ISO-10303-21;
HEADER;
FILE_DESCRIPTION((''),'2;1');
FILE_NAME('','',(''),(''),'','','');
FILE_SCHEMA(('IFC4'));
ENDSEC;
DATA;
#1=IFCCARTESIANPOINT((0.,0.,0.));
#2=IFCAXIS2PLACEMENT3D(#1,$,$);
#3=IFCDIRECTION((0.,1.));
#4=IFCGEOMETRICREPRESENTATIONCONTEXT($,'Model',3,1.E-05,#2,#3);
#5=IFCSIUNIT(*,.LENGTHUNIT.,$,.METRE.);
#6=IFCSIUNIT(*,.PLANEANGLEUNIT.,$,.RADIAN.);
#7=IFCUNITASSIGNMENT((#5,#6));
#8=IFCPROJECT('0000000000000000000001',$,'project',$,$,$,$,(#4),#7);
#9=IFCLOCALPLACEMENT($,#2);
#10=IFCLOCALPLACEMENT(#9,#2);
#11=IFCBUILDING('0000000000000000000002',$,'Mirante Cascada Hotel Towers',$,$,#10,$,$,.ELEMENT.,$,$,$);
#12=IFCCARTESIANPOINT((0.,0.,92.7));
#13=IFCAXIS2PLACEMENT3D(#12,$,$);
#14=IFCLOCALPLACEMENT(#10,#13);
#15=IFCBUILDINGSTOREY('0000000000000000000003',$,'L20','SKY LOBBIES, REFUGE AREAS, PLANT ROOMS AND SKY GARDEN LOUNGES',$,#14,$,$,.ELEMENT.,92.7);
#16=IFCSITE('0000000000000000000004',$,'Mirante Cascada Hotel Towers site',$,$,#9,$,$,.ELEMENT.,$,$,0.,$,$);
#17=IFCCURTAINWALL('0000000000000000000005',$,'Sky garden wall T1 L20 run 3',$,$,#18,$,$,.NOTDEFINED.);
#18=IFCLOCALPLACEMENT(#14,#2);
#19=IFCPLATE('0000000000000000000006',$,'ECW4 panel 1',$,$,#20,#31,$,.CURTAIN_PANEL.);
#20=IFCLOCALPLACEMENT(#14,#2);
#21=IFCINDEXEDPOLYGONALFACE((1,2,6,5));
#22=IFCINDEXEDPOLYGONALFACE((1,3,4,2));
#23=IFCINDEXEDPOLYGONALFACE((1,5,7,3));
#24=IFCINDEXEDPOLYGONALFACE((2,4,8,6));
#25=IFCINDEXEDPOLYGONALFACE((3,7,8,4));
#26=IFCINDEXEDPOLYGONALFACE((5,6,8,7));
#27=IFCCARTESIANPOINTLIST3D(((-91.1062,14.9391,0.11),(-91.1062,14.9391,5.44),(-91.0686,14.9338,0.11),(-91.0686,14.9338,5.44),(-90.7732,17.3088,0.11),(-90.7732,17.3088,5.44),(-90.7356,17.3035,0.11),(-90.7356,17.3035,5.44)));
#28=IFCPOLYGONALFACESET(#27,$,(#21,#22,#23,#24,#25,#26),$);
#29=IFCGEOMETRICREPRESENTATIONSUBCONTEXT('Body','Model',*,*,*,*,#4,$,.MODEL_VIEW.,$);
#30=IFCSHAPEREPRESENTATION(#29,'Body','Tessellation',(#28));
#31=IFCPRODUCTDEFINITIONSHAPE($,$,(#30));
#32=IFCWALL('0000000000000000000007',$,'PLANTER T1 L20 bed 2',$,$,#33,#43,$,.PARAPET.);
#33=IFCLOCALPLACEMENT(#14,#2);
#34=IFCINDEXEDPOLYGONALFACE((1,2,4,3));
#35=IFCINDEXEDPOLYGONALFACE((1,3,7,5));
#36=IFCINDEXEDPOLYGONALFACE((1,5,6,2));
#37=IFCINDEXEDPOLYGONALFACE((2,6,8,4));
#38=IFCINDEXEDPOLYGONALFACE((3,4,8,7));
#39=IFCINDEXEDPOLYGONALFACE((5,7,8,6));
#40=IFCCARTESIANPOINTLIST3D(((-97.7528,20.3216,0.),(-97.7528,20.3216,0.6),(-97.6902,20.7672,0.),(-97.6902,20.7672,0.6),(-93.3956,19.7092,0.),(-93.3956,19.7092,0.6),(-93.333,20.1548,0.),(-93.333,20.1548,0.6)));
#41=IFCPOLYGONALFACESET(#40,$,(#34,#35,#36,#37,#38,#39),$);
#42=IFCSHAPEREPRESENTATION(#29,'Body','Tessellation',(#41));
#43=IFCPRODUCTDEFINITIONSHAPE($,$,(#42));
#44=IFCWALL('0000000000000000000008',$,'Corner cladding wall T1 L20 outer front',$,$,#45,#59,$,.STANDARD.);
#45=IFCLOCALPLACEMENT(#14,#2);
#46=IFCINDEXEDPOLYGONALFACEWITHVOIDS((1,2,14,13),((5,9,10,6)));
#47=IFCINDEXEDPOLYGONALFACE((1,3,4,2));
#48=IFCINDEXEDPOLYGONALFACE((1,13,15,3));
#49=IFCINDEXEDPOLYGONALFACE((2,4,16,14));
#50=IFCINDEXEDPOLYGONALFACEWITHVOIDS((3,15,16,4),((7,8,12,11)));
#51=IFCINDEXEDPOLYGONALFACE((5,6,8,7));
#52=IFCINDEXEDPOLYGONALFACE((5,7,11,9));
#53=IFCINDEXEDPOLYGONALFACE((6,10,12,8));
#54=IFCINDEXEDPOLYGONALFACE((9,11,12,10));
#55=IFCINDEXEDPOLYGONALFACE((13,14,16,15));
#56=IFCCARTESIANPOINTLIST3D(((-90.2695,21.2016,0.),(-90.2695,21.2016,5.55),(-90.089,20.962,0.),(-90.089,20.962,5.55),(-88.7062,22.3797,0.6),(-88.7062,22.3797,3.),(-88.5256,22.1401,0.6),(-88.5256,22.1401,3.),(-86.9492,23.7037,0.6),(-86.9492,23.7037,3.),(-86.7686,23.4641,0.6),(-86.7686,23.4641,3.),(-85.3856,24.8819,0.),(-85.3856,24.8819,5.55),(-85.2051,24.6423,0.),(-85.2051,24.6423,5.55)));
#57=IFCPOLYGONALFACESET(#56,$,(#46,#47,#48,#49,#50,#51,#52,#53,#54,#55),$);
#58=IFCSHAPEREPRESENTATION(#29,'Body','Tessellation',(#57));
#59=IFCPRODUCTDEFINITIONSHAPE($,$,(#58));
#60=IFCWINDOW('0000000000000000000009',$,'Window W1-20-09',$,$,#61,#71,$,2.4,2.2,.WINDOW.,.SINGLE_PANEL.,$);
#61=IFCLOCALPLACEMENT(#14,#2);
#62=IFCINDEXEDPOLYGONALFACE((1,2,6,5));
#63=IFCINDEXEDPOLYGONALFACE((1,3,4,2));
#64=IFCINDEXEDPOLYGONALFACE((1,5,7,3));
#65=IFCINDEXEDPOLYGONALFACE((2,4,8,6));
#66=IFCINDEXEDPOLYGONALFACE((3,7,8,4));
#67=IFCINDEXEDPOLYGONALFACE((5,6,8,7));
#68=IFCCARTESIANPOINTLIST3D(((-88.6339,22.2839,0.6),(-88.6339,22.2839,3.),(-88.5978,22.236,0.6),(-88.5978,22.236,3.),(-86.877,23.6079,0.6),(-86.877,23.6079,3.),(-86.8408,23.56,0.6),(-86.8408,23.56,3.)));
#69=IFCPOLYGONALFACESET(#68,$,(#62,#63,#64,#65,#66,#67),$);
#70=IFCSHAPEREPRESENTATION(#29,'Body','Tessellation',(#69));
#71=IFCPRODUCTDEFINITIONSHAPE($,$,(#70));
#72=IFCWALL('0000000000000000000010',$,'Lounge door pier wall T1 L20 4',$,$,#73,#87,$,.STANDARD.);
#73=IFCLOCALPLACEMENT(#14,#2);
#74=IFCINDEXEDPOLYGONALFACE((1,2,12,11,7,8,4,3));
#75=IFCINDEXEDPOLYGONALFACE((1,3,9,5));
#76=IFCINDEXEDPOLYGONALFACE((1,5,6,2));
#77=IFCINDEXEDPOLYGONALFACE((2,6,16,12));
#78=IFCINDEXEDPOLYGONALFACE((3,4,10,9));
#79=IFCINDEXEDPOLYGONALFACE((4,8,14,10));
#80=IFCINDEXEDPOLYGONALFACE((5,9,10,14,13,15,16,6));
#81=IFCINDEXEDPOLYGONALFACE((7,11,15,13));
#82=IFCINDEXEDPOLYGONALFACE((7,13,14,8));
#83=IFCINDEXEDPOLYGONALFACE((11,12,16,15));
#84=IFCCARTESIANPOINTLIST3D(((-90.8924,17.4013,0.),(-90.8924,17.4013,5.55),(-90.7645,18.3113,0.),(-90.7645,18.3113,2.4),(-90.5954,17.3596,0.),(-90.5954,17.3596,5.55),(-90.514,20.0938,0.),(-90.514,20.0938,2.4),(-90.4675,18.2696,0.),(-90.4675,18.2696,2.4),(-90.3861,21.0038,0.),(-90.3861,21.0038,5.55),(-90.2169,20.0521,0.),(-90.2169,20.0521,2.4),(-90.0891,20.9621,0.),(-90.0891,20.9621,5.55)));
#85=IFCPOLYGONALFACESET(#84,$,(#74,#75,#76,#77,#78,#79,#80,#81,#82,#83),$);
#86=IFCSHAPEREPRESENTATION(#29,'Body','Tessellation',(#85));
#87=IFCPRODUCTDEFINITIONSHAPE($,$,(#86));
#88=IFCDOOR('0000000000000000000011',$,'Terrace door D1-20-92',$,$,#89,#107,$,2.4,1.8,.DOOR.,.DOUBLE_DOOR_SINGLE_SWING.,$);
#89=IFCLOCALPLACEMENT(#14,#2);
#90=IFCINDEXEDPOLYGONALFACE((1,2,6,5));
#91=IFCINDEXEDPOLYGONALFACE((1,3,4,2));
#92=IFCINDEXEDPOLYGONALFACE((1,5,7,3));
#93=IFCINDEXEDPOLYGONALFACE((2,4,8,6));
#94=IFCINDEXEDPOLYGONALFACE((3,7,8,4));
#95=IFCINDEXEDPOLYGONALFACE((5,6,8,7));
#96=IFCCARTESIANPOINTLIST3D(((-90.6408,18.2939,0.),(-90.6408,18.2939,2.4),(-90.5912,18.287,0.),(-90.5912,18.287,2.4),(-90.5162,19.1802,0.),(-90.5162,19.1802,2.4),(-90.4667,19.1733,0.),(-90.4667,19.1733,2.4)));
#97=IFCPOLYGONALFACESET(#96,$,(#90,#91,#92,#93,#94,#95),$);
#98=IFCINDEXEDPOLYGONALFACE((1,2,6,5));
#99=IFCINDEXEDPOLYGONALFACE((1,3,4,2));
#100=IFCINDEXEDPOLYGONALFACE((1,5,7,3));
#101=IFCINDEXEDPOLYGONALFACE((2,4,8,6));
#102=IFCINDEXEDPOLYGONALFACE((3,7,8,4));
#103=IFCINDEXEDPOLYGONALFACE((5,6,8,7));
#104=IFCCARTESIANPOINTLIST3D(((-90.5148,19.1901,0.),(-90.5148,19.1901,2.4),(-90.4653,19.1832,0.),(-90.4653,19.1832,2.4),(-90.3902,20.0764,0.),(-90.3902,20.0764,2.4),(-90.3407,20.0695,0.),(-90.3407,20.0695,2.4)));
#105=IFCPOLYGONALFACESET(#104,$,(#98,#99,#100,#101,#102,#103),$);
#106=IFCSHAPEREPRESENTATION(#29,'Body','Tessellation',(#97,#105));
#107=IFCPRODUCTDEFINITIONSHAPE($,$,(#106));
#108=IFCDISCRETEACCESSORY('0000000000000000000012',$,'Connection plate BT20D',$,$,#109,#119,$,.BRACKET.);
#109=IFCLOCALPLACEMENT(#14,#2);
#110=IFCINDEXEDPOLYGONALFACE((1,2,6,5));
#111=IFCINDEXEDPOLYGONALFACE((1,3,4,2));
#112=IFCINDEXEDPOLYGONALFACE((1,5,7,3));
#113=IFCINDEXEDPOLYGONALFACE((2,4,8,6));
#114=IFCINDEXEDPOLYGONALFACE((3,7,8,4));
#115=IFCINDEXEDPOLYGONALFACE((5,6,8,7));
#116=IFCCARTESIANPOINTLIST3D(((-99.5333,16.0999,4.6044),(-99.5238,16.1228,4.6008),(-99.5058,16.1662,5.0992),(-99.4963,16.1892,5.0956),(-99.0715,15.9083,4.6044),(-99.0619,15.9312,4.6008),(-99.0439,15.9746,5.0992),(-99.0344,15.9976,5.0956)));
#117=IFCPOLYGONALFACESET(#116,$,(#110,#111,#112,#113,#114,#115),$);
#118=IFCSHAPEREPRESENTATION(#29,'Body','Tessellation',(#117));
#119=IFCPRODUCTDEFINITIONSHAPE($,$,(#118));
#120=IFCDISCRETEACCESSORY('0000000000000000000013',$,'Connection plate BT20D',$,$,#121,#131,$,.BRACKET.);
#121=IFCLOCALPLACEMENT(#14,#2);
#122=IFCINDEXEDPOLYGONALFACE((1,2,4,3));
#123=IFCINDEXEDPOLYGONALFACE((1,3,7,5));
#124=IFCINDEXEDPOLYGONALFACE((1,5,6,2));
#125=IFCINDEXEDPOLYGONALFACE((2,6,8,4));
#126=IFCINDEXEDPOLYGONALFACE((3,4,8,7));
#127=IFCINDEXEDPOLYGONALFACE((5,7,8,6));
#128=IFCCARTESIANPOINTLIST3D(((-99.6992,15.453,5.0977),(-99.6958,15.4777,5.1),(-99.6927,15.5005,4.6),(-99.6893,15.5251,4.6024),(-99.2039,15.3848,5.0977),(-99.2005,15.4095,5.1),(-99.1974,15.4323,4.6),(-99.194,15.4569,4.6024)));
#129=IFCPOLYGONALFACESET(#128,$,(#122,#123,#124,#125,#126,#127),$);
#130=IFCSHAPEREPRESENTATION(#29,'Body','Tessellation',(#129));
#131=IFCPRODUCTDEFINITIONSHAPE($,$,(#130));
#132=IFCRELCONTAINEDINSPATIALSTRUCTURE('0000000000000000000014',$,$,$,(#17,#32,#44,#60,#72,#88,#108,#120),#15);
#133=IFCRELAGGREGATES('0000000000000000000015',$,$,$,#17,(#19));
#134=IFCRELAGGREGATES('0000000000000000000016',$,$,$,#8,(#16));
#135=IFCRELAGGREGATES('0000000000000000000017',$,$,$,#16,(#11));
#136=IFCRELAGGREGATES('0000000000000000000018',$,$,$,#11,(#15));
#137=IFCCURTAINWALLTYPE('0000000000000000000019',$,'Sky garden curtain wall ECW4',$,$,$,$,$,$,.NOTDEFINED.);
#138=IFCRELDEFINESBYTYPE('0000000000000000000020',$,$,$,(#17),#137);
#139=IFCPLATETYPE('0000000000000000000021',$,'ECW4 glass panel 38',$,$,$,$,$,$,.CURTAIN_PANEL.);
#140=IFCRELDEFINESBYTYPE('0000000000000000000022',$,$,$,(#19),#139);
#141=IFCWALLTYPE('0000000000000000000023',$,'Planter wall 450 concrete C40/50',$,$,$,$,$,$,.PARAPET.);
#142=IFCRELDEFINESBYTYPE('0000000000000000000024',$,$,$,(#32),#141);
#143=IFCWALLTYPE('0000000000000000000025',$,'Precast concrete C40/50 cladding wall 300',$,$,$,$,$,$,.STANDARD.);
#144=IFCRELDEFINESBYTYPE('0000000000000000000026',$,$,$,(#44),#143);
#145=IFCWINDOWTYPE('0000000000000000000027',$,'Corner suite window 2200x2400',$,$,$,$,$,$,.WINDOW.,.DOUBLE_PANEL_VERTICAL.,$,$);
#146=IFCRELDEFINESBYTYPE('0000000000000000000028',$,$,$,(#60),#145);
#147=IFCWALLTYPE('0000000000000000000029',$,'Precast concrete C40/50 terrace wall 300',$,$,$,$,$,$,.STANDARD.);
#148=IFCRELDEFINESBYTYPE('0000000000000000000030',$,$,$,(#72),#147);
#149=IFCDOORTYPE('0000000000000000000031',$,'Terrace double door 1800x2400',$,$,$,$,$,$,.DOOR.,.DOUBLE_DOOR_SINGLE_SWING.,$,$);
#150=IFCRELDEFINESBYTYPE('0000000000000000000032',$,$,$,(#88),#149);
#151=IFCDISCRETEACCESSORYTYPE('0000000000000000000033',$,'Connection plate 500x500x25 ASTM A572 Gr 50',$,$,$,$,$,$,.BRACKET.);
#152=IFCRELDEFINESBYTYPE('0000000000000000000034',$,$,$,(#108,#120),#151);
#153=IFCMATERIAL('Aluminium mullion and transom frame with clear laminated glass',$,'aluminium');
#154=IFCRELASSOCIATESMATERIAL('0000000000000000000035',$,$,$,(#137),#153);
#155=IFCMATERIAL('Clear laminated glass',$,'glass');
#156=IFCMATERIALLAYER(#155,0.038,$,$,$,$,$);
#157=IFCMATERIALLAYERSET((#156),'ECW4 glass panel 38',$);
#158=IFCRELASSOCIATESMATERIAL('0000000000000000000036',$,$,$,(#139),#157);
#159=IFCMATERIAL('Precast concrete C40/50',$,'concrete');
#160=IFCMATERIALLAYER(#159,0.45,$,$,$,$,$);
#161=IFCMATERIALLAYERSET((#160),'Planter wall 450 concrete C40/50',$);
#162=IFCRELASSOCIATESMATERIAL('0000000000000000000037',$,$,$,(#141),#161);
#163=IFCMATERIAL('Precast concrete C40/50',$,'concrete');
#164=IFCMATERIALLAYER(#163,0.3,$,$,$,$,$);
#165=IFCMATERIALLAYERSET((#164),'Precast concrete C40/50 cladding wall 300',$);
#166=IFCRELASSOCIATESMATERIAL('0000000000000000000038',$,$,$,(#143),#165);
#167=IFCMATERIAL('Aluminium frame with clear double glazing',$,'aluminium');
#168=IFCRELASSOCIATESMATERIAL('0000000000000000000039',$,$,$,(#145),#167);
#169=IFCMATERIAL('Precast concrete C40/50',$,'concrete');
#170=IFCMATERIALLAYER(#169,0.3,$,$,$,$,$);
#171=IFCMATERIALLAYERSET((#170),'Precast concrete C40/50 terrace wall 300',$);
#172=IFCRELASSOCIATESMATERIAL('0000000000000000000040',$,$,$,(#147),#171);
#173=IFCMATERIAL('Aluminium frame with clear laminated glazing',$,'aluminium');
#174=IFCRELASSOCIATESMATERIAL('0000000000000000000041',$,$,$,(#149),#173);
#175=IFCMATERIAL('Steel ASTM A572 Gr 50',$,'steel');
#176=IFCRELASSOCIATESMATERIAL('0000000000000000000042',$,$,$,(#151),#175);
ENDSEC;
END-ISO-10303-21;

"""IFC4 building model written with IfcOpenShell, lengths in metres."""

from ifc_helpers import new_model, si_unit, direction, frame, frame_2d, origin, origin_2d, place, context, subcontext, project, spatial, rectangle, extrude, material, layer, layer_set, material_profile, profile_set, type_object, element, fill, aggregate, save


model = new_model("IFC4")

# Units and contexts
model_context = context("Model", 3, precision=1e-05, world=origin(), true_north=direction((0.0, 1.0)))
body_context = subcontext(model_context, "Body", "Model", "MODEL_VIEW")
ifc_project = project(units=[si_unit("LENGTHUNIT", "METRE"), si_unit("PLANEANGLEUNIT", "RADIAN")], contexts=[model_context])

# Site, building, storey
site_placement = place(None, origin())
site = spatial("IfcSite", under=ifc_project, at=site_placement, Name="Mirante Cascada Hotel Towers site", CompositionType="ELEMENT", RefElevation=0.0)
building_placement = place(site_placement, origin())
building = spatial("IfcBuilding", under=site, at=building_placement, Name="Mirante Cascada Hotel Towers", CompositionType="ELEMENT")
storey_placement = place(building_placement, frame((0.0, 0.0, 92.7)))
storey = spatial("IfcBuildingStorey", under=building, at=storey_placement, Name="L20", Description="SKY LOBBIES, REFUGE AREAS, PLANT ROOMS AND SKY GARDEN LOUNGES", CompositionType="ELEMENT", Elevation=92.7)

# Curtain wall, plate
ifc_material_1 = material(Name="Aluminium mullion and transom frame with clear laminated glass", Category="aluminium")
curtain_wall_type = type_object("IfcCurtainWallType", Name="Sky garden curtain wall ECW4", PredefinedType="NOTDEFINED", material=ifc_material_1)
curtain_wall_placement = place(storey_placement, origin())
curtain_wall = element("IfcCurtainWall", 1, at=curtain_wall_placement, inside=storey, type_object=curtain_wall_type, Name="Sky garden wall T1 L20 run 3", PredefinedType="NOTDEFINED")
ifc_material_2 = material(Name="Clear laminated glass", Category="glass")
ifc_layer_1 = layer(ifc_material_2, 0.038)
ifc_layer_set_1 = layer_set([ifc_layer_1], Name="ECW4 glass panel 38")
plate_type = type_object("IfcPlateType", Name="ECW4 glass panel 38", PredefinedType="CURTAIN_PANEL", material=ifc_layer_set_1)
plate_1_placement = place(storey_placement, frame((-90.9209, 16.1213, 0.11), z_axis=(0.0, 0.0, 1.0), x_axis=(0.139173, 0.990268, 0.0)))
plate_1 = element("IfcPlate", 2, at=plate_1_placement, type_object=plate_type, Name="ECW4 panel 1", PredefinedType="CURTAIN_PANEL", context=body_context, shape_type="SweptSolid", body=[
    extrude(rectangle(XDim=2.3929, YDim=0.038, at=origin_2d()), origin(), (0.0, 0.0, 1.0), 5.33),
])
aggregate(curtain_wall, [plate_1])

# Wall
ifc_material_3 = material(Name="Precast concrete C40/50", Category="concrete")
ifc_layer_2 = layer(ifc_material_3, 0.45)
ifc_layer_set_2 = layer_set([ifc_layer_2], Name="Planter wall 450 concrete C40/50")
wall_type_1 = type_object("IfcWallType", Name="Planter wall 450 concrete C40/50", PredefinedType="PARAPET", material=ifc_layer_set_2)
wall_1_placement = place(storey_placement, frame((-93.3643, 19.932, 0.0), z_axis=(0.0, 0.0, 1.0), x_axis=(-0.990267, 0.139181, 0.0)))
element("IfcWall", 3, at=wall_1_placement, inside=storey, type_object=wall_type_1, Name="PLANTER T1 L20 bed 2", PredefinedType="PARAPET", context=body_context, shape_type="SweptSolid", body=[
    extrude(rectangle(XDim=4.4, YDim=0.45, at=frame_2d((2.2, 0.0))), origin(), (0.0, 0.0, 1.0), 0.6),
])

# Wall, opening, window
ifc_material_4 = material(Name="Precast concrete C40/50", Category="concrete")
ifc_layer_3 = layer(ifc_material_4, 0.3)
ifc_layer_set_3 = layer_set([ifc_layer_3], Name="Precast concrete C40/50 cladding wall 300")
wall_type_2 = type_object("IfcWallType", Name="Precast concrete C40/50 cladding wall 300", PredefinedType="STANDARD", material=ifc_layer_set_3)
wall_2_placement = place(storey_placement, frame((-90.1793, 21.0818, 0.0), z_axis=(0.0, 0.0, 1.0), x_axis=(0.798634, 0.601817, 0.0)))
wall_2 = element("IfcWall", 4, at=wall_2_placement, inside=storey, type_object=wall_type_2, Name="Corner cladding wall T1 L20 outer front", PredefinedType="STANDARD", context=body_context, shape_type="SweptSolid", body=[
    extrude(rectangle(XDim=6.1153, YDim=0.3, at=frame_2d((3.0577, 0.0))), origin(), (0.0, 0.0, 1.0), 5.55),
])
opening_1_placement = place(wall_2_placement, frame((1.9576, 0.0, 0.6)))
opening_1 = element("IfcOpeningElement", 5, at=opening_1_placement, cuts=wall_2, PredefinedType="OPENING", context=body_context, shape_type="SweptSolid", body=[
    extrude(rectangle(XDim=2.2, YDim=2.4, at=frame_2d((1.1, 1.2))), frame((0.0, 0.15, 0.0), z_axis=(0.0, -1.0, 0.0), x_axis=(1.0, 0.0, 0.0)), (0.0, 0.0, 1.0), 0.3),
])
ifc_material_5 = material(Name="Aluminium frame with clear double glazing", Category="aluminium")
window_type = type_object("IfcWindowType", Name="Corner suite window 2200x2400", PartitioningType="DOUBLE_PANEL_VERTICAL", PredefinedType="WINDOW", material=ifc_material_5)
window_placement = place(opening_1_placement, origin())
window = element("IfcWindow", 6, at=window_placement, inside=storey, type_object=window_type, Name="Window W1-20-09", OverallHeight=2.4, OverallWidth=2.2, PartitioningType="SINGLE_PANEL", PredefinedType="WINDOW", context=body_context, shape_type="SweptSolid", body=[
    extrude(rectangle(XDim=2.2, YDim=2.4, at=frame_2d((1.1, 1.2))), frame((0.0, 0.03, 0.0), z_axis=(0.0, -1.0, 0.0), x_axis=(1.0, 0.0, 0.0)), (0.0, 0.0, 1.0), 0.06),
])
fill(opening_1, window)

# Wall, opening, door
ifc_material_6 = material(Name="Precast concrete C40/50", Category="concrete")
ifc_layer_4 = layer(ifc_material_6, 0.3)
ifc_layer_set_4 = layer_set([ifc_layer_4], Name="Precast concrete C40/50 terrace wall 300")
wall_type_3 = type_object("IfcWallType", Name="Precast concrete C40/50 terrace wall 300", PredefinedType="STANDARD", material=ifc_layer_set_4)
wall_3_placement = place(storey_placement, frame((-90.7439, 17.3804, 0.0), z_axis=(0.0, 0.0, 1.0), x_axis=(0.139174, 0.990268, 0.0)))
wall_3 = element("IfcWall", 7, at=wall_3_placement, inside=storey, type_object=wall_type_3, Name="Lounge door pier wall T1 L20 4", PredefinedType="STANDARD", context=body_context, shape_type="SweptSolid", body=[
    extrude(rectangle(XDim=3.6379, YDim=0.3, at=frame_2d((1.819, 0.0))), origin(), (0.0, 0.0, 1.0), 5.55),
])
opening_2_placement = place(wall_3_placement, frame((0.919, 0.0, 0.0)))
opening_2 = element("IfcOpeningElement", 8, at=opening_2_placement, cuts=wall_3, PredefinedType="OPENING", context=body_context, shape_type="SweptSolid", body=[
    extrude(rectangle(XDim=1.8, YDim=2.4, at=frame_2d((0.9, 1.2))), frame((0.0, 0.15, 0.0), z_axis=(0.0, -1.0, 0.0), x_axis=(1.0, 0.0, 0.0)), (0.0, 0.0, 1.0), 0.3),
])
ifc_material_7 = material(Name="Aluminium frame with clear laminated glazing", Category="aluminium")
door_type = type_object("IfcDoorType", Name="Terrace double door 1800x2400", OperationType="DOUBLE_DOOR_SINGLE_SWING", PredefinedType="DOOR", material=ifc_material_7)
door_placement = place(opening_2_placement, origin())
door = element("IfcDoor", 9, at=door_placement, inside=storey, type_object=door_type, Name="Terrace door D1-20-92", OperationType="DOUBLE_DOOR_SINGLE_SWING", OverallHeight=2.4, OverallWidth=1.8, PredefinedType="DOOR", context=body_context, shape_type="SweptSolid", body=[
    extrude(rectangle(XDim=0.895, YDim=2.4, at=frame_2d((0.4475, 1.2))), frame((0.0, 0.025, 0.0), z_axis=(0.0, -1.0, 0.0), x_axis=(1.0, 0.0, 0.0)), (0.0, 0.0, 1.0), 0.05),
    extrude(rectangle(XDim=0.895, YDim=2.4, at=frame_2d((1.3525, 1.2))), frame((0.0, 0.025, 0.0), z_axis=(0.0, -1.0, 0.0), x_axis=(1.0, 0.0, 0.0)), (0.0, 0.0, 1.0), 0.05),
])
fill(opening_2, door)

# Discrete accessories
ifc_material_8 = material(Name="Steel ASTM A572 Gr 50", Category="steel")
ifc_material_profile_1 = material_profile(ifc_material_8, rectangle(XDim=0.5, YDim=0.5, at=origin_2d()), Name="Connection plate 500x500x25 ASTM A572 Gr 50")
ifc_profile_set_1 = profile_set([ifc_material_profile_1], Name="Steel ASTM A572 Gr 50")
discrete_accessory_type = type_object("IfcDiscreteAccessoryType", Name="Connection plate 500x500x25 ASTM A572 Gr 50", PredefinedType="BRACKET", material=ifc_profile_set_1)
discrete_accessory_1_placement = place(storey_placement, frame((-99.2791, 16.0602, 4.8482), z_axis=(-0.379206, -0.914086, 0.143699), x_axis=(0.923673, -0.383183, 0.0)))
element("IfcDiscreteAccessory", 10, at=discrete_accessory_1_placement, inside=storey, type_object=discrete_accessory_type, Name="Connection plate BT20D", PredefinedType="BRACKET", context=body_context, shape_type="SweptSolid", body=[
    extrude(rectangle(XDim=0.5, YDim=0.5, at=origin_2d()), origin(), (0.0, 0.0, 1.0), 0.0251),
])
discrete_accessory_2_placement = place(storey_placement, frame((-99.4449, 15.4673, 4.8512), z_axis=(-0.135739, -0.986101, -0.095815), x_axis=(0.990658, -0.136366, 0.0)))
element("IfcDiscreteAccessory", 11, at=discrete_accessory_2_placement, inside=storey, type_object=discrete_accessory_type, Name="Connection plate BT20D", PredefinedType="BRACKET", context=body_context, shape_type="SweptSolid", body=[
    extrude(rectangle(XDim=0.5, YDim=0.5, at=origin_2d()), origin(), (0.0, 0.0, 1.0), 0.025),
])

save(model, "model.ifc")
